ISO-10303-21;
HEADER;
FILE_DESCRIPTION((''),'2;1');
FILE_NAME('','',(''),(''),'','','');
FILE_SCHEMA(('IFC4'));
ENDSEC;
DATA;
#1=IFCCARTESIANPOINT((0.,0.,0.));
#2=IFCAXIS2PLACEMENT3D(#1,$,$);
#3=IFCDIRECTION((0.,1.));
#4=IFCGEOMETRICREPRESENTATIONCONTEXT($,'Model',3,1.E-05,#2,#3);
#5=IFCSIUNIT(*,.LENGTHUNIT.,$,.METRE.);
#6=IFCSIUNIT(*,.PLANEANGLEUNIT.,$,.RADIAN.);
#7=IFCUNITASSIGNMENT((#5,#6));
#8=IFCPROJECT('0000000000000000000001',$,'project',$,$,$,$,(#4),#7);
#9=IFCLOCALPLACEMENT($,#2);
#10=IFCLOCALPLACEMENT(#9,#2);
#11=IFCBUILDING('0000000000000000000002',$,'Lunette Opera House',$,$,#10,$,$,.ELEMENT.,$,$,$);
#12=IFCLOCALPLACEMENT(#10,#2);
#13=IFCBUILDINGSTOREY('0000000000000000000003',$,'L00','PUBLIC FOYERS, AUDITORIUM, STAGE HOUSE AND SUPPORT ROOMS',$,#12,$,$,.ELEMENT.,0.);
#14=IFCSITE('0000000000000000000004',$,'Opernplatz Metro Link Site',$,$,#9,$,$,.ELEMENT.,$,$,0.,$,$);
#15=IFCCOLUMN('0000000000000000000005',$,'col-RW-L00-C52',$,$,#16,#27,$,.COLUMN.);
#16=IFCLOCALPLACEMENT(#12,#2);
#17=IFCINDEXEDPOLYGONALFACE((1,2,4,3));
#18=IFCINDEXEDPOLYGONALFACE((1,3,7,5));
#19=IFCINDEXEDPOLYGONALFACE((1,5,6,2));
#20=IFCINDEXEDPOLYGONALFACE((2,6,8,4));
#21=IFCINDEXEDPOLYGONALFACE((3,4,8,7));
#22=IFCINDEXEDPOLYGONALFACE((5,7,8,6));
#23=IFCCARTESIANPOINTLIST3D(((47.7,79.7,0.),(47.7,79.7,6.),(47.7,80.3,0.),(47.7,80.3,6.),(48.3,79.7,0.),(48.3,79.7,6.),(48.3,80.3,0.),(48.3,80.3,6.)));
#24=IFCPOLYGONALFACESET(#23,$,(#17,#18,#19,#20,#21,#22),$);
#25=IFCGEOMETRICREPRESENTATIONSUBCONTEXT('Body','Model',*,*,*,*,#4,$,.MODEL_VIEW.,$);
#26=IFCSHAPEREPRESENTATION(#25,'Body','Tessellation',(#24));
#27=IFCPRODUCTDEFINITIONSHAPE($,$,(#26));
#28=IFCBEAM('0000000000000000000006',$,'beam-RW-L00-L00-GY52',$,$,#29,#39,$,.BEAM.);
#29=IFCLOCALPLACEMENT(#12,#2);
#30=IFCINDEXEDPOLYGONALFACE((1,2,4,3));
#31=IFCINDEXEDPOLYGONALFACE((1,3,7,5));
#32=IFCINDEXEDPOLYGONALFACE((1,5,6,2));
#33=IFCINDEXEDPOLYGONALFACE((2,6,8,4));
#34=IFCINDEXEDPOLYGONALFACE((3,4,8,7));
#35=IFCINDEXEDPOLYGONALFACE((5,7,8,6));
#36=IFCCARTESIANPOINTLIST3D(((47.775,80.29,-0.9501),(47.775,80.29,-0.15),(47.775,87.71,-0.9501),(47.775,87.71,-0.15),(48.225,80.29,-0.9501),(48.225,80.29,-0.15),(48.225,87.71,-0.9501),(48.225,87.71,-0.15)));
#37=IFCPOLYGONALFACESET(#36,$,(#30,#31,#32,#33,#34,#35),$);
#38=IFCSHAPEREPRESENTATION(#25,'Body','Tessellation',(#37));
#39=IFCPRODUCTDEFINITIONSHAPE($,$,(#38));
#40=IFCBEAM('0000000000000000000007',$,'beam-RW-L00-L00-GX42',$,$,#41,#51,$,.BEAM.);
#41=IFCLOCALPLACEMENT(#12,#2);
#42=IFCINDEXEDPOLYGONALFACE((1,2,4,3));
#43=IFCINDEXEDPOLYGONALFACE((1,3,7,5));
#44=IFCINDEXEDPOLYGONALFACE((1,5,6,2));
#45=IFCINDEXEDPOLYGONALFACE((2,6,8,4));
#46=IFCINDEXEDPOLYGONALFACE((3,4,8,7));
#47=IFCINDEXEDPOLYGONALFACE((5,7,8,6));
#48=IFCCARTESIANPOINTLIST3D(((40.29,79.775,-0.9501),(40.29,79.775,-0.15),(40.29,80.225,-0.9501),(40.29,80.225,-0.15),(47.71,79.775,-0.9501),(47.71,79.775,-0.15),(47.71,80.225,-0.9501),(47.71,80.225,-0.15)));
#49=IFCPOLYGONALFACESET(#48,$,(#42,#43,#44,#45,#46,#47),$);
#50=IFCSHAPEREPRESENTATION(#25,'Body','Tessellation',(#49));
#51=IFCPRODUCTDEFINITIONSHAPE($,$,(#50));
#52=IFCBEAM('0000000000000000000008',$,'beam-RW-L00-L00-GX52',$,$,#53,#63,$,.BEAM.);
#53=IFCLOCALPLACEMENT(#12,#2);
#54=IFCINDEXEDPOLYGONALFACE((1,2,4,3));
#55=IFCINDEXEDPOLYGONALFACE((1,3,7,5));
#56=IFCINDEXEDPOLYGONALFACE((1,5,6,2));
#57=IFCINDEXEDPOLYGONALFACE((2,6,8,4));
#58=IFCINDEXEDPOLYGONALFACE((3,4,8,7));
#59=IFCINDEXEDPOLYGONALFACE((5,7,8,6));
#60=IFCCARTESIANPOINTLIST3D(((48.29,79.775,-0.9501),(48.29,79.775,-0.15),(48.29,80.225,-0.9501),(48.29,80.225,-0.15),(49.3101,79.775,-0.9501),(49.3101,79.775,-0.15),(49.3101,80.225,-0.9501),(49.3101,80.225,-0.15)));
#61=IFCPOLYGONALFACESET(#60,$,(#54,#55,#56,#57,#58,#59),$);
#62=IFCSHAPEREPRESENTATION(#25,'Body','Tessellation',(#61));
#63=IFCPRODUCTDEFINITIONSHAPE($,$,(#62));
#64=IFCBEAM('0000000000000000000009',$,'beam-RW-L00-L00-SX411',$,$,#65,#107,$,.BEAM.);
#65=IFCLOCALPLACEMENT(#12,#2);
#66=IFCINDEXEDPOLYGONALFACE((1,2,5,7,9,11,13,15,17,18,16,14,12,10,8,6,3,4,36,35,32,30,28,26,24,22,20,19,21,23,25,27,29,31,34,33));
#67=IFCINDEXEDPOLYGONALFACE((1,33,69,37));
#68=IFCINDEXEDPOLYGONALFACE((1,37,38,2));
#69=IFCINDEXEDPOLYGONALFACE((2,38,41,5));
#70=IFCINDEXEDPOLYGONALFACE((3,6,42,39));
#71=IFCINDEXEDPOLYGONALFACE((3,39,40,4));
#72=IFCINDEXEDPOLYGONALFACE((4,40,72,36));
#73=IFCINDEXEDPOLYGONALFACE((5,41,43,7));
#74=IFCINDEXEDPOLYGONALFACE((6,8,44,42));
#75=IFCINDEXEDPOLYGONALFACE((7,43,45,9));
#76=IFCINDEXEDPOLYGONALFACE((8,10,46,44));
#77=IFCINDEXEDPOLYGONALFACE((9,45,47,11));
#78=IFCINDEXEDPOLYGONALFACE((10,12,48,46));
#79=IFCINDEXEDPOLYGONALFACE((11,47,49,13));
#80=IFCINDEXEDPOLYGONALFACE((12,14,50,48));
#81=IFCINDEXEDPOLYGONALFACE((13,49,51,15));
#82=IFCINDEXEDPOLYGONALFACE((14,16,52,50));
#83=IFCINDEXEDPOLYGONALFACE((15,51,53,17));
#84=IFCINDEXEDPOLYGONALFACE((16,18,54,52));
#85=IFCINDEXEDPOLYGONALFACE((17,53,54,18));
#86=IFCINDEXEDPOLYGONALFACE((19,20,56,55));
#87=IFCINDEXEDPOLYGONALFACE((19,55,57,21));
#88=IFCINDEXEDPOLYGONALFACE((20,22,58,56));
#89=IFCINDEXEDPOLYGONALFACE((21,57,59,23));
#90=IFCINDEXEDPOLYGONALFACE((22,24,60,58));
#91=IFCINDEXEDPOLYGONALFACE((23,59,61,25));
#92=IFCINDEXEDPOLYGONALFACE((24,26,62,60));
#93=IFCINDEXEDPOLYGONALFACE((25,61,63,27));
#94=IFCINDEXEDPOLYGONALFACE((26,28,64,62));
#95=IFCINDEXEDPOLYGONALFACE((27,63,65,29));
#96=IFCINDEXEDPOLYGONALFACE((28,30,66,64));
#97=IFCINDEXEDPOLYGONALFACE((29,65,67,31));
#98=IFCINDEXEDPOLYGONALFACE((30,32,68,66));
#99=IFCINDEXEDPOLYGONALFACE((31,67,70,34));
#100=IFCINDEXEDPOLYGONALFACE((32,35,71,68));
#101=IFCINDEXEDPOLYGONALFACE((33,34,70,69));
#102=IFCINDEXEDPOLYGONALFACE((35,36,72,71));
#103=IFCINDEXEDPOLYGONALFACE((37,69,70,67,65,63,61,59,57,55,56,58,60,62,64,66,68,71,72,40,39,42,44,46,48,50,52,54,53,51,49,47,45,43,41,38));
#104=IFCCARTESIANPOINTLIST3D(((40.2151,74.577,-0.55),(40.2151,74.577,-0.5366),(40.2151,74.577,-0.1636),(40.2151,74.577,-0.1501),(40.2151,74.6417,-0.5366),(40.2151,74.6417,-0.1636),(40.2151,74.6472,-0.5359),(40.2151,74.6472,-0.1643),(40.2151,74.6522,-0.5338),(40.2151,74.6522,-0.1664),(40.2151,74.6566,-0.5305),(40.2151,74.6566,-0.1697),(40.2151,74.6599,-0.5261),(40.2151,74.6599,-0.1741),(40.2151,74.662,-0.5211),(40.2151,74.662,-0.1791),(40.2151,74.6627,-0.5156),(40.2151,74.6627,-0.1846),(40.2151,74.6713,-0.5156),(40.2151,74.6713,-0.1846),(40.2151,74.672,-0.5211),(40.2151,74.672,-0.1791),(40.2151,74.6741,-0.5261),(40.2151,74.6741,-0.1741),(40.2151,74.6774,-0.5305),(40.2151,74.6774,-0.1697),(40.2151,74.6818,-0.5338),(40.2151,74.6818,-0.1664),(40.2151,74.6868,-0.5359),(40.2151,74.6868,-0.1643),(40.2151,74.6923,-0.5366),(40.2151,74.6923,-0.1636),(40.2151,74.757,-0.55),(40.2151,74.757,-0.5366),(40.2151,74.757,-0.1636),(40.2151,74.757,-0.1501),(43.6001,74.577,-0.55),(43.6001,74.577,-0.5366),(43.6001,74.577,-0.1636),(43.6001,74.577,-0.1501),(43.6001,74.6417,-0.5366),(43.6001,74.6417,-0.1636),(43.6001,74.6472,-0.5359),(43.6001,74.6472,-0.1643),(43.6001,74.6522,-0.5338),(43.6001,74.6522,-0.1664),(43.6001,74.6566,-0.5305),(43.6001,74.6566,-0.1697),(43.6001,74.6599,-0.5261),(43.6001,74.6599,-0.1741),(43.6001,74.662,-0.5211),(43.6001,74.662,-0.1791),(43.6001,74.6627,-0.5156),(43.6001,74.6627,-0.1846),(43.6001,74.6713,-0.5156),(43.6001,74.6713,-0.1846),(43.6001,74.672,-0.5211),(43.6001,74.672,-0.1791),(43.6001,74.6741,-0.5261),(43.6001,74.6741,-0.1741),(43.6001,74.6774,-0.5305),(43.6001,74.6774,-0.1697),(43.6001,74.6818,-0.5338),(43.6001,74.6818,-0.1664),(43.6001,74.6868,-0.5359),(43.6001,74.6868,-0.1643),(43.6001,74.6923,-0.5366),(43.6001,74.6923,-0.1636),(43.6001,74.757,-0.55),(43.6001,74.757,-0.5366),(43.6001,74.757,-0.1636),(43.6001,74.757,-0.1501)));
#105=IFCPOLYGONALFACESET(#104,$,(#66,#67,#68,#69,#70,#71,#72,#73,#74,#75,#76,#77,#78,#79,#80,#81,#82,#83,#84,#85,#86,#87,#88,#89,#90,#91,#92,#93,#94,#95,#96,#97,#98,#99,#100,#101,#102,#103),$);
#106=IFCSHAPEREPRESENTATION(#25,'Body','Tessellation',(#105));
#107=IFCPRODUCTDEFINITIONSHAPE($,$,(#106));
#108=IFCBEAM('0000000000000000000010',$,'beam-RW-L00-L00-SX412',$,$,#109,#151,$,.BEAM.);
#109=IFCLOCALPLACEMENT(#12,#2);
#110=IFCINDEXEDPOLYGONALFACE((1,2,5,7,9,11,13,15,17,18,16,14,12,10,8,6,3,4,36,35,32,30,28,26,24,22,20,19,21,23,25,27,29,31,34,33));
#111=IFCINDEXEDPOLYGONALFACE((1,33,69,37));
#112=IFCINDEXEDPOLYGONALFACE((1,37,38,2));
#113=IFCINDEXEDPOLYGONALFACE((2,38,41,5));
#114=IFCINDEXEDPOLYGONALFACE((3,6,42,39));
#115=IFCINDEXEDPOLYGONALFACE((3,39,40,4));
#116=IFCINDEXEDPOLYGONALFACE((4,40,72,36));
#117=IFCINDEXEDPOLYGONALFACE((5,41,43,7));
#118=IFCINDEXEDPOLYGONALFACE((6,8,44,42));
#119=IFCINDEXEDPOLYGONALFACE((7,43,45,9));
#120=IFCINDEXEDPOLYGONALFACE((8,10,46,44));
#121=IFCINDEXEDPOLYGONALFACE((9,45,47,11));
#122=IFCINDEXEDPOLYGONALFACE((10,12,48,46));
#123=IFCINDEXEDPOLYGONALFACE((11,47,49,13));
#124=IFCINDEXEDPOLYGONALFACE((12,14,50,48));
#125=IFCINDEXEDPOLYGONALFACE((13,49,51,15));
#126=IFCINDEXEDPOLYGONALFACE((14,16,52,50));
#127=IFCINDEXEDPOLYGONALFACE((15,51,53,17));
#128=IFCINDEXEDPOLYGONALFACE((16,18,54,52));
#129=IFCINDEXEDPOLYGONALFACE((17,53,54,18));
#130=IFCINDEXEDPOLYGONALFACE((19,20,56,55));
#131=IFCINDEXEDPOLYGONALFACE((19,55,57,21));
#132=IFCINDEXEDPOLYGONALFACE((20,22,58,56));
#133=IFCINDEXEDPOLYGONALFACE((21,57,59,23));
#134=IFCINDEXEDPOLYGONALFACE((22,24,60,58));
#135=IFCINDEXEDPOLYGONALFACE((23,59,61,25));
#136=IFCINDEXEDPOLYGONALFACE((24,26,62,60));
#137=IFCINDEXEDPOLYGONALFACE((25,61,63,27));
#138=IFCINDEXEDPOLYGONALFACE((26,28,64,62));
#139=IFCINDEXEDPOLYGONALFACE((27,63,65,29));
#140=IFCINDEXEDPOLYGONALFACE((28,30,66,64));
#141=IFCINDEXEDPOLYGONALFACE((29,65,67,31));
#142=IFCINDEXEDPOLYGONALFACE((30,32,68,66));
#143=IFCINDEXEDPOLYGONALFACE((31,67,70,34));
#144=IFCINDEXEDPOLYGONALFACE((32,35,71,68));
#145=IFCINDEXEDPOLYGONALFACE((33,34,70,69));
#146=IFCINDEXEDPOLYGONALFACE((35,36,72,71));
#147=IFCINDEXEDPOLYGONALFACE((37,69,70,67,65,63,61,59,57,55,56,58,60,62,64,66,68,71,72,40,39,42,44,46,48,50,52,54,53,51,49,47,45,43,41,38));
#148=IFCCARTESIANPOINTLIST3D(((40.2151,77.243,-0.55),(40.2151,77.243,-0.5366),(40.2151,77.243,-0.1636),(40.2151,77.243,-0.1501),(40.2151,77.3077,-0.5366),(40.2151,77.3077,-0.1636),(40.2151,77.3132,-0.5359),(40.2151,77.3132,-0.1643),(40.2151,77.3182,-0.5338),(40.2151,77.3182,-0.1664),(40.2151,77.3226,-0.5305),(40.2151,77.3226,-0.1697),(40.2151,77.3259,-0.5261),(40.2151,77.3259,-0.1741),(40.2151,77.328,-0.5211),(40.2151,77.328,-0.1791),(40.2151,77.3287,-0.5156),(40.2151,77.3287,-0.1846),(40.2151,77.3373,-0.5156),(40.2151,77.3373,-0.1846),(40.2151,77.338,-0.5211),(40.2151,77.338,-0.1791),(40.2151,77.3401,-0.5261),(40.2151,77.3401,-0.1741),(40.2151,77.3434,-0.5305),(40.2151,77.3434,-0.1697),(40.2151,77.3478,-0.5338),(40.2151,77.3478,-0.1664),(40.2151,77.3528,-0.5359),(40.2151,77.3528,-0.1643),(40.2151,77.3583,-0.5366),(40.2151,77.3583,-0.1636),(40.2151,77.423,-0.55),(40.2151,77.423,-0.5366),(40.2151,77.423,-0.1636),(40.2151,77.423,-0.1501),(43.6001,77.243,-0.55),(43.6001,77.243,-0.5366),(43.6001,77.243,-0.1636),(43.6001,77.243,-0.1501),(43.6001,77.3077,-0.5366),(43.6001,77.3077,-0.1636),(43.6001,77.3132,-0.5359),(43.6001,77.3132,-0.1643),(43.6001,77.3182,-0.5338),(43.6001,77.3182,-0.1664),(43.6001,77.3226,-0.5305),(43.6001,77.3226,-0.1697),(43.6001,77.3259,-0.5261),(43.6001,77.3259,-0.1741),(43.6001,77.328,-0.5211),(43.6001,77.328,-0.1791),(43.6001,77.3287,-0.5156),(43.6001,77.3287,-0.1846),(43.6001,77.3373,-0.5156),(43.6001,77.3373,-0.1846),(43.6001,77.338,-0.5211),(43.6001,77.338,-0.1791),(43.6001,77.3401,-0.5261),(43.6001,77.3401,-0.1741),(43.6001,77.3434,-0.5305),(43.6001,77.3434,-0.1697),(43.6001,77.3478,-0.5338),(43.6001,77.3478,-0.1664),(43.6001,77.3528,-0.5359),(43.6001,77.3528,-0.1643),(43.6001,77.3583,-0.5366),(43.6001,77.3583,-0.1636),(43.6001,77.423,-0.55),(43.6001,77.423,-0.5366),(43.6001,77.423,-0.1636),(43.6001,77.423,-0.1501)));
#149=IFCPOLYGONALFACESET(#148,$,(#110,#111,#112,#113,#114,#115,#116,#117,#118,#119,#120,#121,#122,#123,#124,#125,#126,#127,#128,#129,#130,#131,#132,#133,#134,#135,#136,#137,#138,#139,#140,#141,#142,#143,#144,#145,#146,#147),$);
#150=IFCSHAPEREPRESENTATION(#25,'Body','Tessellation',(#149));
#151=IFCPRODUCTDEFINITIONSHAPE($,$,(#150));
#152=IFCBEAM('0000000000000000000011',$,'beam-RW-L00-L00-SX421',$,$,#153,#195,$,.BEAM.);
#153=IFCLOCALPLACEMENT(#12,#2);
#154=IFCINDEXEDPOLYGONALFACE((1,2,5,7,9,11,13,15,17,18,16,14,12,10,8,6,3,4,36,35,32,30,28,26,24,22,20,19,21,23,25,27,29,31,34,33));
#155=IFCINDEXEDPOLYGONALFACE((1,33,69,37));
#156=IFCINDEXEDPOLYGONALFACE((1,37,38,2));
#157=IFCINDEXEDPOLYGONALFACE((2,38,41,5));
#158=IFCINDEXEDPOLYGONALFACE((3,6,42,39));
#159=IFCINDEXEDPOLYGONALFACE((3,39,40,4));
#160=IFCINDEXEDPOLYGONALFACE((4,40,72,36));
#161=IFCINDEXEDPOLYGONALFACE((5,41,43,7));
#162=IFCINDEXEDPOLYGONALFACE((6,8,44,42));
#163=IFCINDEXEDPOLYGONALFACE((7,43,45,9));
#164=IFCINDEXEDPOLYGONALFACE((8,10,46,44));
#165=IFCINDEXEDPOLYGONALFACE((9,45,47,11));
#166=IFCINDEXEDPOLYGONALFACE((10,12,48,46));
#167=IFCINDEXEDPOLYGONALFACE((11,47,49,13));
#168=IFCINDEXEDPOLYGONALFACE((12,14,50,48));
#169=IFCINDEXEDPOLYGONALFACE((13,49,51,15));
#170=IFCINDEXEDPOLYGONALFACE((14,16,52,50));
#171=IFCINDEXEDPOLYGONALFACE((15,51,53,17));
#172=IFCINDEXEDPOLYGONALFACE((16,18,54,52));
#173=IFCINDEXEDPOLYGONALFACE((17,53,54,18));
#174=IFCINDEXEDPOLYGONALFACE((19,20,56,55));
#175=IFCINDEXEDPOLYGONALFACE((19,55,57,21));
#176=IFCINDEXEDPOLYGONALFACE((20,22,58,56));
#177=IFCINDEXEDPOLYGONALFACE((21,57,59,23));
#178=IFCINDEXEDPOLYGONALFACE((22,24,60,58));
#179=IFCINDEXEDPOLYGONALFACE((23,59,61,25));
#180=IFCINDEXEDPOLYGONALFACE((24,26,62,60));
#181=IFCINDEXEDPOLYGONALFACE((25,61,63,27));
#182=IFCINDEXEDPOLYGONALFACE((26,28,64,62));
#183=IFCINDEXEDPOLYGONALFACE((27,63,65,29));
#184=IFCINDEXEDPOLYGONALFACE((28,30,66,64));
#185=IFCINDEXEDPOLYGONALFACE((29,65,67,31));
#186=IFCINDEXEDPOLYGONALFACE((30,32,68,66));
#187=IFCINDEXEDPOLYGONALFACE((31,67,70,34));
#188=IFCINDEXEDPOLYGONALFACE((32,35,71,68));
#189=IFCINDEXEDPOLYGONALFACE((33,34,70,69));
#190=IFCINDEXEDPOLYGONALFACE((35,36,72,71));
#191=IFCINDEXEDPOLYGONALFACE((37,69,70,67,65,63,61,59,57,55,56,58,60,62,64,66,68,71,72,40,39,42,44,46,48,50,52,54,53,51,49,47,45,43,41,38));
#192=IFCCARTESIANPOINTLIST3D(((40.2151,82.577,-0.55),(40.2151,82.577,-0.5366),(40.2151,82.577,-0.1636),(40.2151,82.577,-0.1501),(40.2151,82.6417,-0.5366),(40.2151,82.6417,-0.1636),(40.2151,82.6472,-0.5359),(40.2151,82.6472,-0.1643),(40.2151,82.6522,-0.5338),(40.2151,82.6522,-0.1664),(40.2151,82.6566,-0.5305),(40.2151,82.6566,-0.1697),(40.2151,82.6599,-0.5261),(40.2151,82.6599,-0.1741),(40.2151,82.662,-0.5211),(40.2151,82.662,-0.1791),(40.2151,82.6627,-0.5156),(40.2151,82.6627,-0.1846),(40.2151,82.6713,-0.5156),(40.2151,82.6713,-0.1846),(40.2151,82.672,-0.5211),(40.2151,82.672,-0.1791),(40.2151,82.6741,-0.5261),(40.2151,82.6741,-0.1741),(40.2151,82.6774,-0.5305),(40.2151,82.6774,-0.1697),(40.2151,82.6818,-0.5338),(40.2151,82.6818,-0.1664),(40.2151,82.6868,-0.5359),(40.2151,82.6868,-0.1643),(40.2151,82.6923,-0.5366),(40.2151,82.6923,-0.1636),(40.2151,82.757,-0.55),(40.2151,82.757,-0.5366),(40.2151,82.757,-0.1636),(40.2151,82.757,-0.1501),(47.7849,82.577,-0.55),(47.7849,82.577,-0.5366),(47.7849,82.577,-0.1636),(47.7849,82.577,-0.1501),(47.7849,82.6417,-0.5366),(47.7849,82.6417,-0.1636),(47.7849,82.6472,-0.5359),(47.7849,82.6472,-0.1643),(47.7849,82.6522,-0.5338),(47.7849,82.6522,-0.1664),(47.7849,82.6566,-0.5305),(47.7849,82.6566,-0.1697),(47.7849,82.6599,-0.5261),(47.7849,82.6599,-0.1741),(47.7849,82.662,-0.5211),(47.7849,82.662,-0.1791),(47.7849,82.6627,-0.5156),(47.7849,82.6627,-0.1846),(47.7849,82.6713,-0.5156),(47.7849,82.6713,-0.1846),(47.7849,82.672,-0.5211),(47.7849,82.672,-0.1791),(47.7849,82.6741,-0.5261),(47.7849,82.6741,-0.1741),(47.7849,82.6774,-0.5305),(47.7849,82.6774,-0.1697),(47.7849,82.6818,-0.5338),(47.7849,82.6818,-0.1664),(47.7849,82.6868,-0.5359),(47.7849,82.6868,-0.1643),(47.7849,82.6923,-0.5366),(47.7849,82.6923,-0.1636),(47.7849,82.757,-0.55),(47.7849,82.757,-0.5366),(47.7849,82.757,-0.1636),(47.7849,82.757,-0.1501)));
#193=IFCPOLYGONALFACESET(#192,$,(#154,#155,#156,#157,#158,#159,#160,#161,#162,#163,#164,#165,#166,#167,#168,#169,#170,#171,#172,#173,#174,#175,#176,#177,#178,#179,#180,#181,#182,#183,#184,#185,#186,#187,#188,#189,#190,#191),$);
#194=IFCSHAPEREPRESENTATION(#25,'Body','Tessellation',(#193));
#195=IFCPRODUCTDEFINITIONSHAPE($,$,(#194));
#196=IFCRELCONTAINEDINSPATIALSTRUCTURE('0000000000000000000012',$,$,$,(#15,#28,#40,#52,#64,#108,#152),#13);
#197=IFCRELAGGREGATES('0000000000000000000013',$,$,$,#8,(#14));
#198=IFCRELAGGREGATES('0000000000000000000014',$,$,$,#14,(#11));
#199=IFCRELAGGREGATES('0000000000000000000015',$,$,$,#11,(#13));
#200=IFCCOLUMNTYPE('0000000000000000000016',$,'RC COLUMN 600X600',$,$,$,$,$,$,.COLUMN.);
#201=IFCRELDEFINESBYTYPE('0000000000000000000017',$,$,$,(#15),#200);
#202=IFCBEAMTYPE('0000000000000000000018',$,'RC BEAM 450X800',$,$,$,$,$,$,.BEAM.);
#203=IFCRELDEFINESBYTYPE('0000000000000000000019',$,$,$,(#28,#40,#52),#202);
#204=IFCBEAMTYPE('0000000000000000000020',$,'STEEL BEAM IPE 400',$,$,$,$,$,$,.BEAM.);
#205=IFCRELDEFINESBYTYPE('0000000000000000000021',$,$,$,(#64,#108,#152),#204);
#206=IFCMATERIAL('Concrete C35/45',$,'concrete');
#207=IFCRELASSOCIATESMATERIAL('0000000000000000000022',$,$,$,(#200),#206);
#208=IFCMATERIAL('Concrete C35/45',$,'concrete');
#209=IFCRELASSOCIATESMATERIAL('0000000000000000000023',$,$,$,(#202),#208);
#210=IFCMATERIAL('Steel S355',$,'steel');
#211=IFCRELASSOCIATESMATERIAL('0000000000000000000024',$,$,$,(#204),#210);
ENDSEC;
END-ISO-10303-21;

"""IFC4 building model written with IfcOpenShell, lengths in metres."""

from ifc_helpers import new_model, si_unit, direction, frame, origin, origin_2d, place, context, subcontext, project, spatial, rectangle, i_section, extrude, material, material_profile, profile_set, type_object, element, save


model = new_model("IFC4")

# Units and contexts
model_context = context("Model", 3, precision=1e-05, world=origin(), true_north=direction((0.0, 1.0)))
body_context = subcontext(model_context, "Body", "Model", "MODEL_VIEW")
ifc_project = project(units=[si_unit("LENGTHUNIT", "METRE"), si_unit("PLANEANGLEUNIT", "RADIAN")], contexts=[model_context])

# Site, building, storey
site_placement = place(None, origin())
site = spatial("IfcSite", under=ifc_project, at=site_placement, Name="Opernplatz Metro Link Site", CompositionType="ELEMENT", RefElevation=0.0)
building_placement = place(site_placement, origin())
building = spatial("IfcBuilding", under=site, at=building_placement, Name="Lunette Opera House", CompositionType="ELEMENT")
storey_placement = place(building_placement, origin())
storey = spatial("IfcBuildingStorey", under=building, at=storey_placement, Name="L00", Description="PUBLIC FOYERS, AUDITORIUM, STAGE HOUSE AND SUPPORT ROOMS", CompositionType="ELEMENT", Elevation=0.0)

# Column
ifc_material_1 = material(Name="Concrete C35/45", Category="concrete")
ifc_material_profile_1 = material_profile(ifc_material_1, rectangle(XDim=0.6001, YDim=0.6001, at=origin_2d()), Name="RC COLUMN 600X600")
ifc_profile_set_1 = profile_set([ifc_material_profile_1], Name="Concrete C35/45")
column_type = type_object("IfcColumnType", Name="RC COLUMN 600X600", PredefinedType="COLUMN", material=ifc_profile_set_1)
column_placement = place(storey_placement, frame((48.0, 80.0, 0.0), z_axis=(0.0, 0.0, 1.0), x_axis=(1.0, 0.0, 0.0)))
element("IfcColumn", 1, at=column_placement, inside=storey, type_object=column_type, Name="col-RW-L00-C52", PredefinedType="COLUMN", context=body_context, shape_type="SweptSolid", body=[
    extrude(rectangle(XDim=0.6001, YDim=0.6001, at=origin_2d()), origin(), (0.0, 0.0, 1.0), 6.0),
])

# Beams
ifc_material_2 = material(Name="Concrete C35/45", Category="concrete")
ifc_material_profile_2 = material_profile(ifc_material_2, rectangle(XDim=0.45, YDim=0.8, at=origin_2d()), Name="RC BEAM 450X800")
ifc_profile_set_2 = profile_set([ifc_material_profile_2], Name="Concrete C35/45")
beam_type_1 = type_object("IfcBeamType", Name="RC BEAM 450X800", PredefinedType="BEAM", material=ifc_profile_set_2)
for number, where, z_axis, x_axis, name in (
    (2, (48.0, 80.29, -0.55), (0.0, 1.0, 0.0), (-1.0, 0.0, 0.0), "beam-RW-L00-L00-GY52"),
    (3, (40.29, 80.0, -0.55), (1.0, 0.0, 0.0), (0.0, 1.0, 0.0), "beam-RW-L00-L00-GX42"),
):
    element("IfcBeam", number, at=place(storey_placement, frame(where, z_axis=z_axis, x_axis=x_axis)), inside=storey, type_object=beam_type_1, Name=name, PredefinedType="BEAM", context=body_context, shape_type="SweptSolid", body=[
        extrude(rectangle(XDim=0.45, YDim=0.8, at=origin_2d()), origin(), (0.0, 0.0, 1.0), 7.4199),
    ])
beam_placement = place(storey_placement, frame((48.29, 80.0, -0.55), z_axis=(1.0, 0.0, 0.0), x_axis=(0.0, 1.0, 0.0)))
element("IfcBeam", 4, at=beam_placement, inside=storey, type_object=beam_type_1, Name="beam-RW-L00-L00-GX52", PredefinedType="BEAM", context=body_context, shape_type="SweptSolid", body=[
    extrude(rectangle(XDim=0.45, YDim=0.8, at=origin_2d()), origin(), (0.0, 0.0, 1.0), 1.02),
])
ifc_material_3 = material(Name="Steel S355", Category="steel")
ifc_material_profile_3 = material_profile(ifc_material_3, i_section(OverallWidth=0.1799, OverallDepth=0.3999, WebThickness=0.0085, FlangeThickness=0.0134, FilletRadius=0.021, at=origin_2d()), Name="IPE 400")
ifc_profile_set_3 = profile_set([ifc_material_profile_3], Name="Steel S355")
beam_type_2 = type_object("IfcBeamType", Name="STEEL BEAM IPE 400", PredefinedType="BEAM", material=ifc_profile_set_3)
for number, where, z_axis, x_axis, name in (
    (5, (40.2151, 74.667, -0.3501), (1.0, 0.0, 0.0), (0.0, 1.0, 0.0), "beam-RW-L00-L00-SX411"),
    (6, (40.2151, 77.333, -0.3501), (1.0, 0.0, 0.0), (0.0, 1.0, 0.0), "beam-RW-L00-L00-SX412"),
):
    element("IfcBeam", number, at=place(storey_placement, frame(where, z_axis=z_axis, x_axis=x_axis)), inside=storey, type_object=beam_type_2, Name=name, PredefinedType="BEAM", context=body_context, shape_type="SweptSolid", body=[
        extrude(i_section(OverallWidth=0.1799, OverallDepth=0.3999, WebThickness=0.0085, FlangeThickness=0.0134, FilletRadius=0.021, at=origin_2d()), origin(), (0.0, 0.0, 1.0), 3.385),
    ])
for number, where, z_axis, x_axis, name in (
    (7, (40.2151, 82.667, -0.3501), (1.0, 0.0, 0.0), (0.0, 1.0, 0.0), "beam-RW-L00-L00-SX421"),
):
    element("IfcBeam", number, at=place(storey_placement, frame(where, z_axis=z_axis, x_axis=x_axis)), inside=storey, type_object=beam_type_2, Name=name, PredefinedType="BEAM", context=body_context, shape_type="SweptSolid", body=[
        extrude(i_section(OverallWidth=0.1799, OverallDepth=0.3999, WebThickness=0.0085, FlangeThickness=0.0134, FilletRadius=0.021, at=origin_2d()), origin(), (0.0, 0.0, 1.0), 7.5698),
    ])

save(model, "model.ifc")
